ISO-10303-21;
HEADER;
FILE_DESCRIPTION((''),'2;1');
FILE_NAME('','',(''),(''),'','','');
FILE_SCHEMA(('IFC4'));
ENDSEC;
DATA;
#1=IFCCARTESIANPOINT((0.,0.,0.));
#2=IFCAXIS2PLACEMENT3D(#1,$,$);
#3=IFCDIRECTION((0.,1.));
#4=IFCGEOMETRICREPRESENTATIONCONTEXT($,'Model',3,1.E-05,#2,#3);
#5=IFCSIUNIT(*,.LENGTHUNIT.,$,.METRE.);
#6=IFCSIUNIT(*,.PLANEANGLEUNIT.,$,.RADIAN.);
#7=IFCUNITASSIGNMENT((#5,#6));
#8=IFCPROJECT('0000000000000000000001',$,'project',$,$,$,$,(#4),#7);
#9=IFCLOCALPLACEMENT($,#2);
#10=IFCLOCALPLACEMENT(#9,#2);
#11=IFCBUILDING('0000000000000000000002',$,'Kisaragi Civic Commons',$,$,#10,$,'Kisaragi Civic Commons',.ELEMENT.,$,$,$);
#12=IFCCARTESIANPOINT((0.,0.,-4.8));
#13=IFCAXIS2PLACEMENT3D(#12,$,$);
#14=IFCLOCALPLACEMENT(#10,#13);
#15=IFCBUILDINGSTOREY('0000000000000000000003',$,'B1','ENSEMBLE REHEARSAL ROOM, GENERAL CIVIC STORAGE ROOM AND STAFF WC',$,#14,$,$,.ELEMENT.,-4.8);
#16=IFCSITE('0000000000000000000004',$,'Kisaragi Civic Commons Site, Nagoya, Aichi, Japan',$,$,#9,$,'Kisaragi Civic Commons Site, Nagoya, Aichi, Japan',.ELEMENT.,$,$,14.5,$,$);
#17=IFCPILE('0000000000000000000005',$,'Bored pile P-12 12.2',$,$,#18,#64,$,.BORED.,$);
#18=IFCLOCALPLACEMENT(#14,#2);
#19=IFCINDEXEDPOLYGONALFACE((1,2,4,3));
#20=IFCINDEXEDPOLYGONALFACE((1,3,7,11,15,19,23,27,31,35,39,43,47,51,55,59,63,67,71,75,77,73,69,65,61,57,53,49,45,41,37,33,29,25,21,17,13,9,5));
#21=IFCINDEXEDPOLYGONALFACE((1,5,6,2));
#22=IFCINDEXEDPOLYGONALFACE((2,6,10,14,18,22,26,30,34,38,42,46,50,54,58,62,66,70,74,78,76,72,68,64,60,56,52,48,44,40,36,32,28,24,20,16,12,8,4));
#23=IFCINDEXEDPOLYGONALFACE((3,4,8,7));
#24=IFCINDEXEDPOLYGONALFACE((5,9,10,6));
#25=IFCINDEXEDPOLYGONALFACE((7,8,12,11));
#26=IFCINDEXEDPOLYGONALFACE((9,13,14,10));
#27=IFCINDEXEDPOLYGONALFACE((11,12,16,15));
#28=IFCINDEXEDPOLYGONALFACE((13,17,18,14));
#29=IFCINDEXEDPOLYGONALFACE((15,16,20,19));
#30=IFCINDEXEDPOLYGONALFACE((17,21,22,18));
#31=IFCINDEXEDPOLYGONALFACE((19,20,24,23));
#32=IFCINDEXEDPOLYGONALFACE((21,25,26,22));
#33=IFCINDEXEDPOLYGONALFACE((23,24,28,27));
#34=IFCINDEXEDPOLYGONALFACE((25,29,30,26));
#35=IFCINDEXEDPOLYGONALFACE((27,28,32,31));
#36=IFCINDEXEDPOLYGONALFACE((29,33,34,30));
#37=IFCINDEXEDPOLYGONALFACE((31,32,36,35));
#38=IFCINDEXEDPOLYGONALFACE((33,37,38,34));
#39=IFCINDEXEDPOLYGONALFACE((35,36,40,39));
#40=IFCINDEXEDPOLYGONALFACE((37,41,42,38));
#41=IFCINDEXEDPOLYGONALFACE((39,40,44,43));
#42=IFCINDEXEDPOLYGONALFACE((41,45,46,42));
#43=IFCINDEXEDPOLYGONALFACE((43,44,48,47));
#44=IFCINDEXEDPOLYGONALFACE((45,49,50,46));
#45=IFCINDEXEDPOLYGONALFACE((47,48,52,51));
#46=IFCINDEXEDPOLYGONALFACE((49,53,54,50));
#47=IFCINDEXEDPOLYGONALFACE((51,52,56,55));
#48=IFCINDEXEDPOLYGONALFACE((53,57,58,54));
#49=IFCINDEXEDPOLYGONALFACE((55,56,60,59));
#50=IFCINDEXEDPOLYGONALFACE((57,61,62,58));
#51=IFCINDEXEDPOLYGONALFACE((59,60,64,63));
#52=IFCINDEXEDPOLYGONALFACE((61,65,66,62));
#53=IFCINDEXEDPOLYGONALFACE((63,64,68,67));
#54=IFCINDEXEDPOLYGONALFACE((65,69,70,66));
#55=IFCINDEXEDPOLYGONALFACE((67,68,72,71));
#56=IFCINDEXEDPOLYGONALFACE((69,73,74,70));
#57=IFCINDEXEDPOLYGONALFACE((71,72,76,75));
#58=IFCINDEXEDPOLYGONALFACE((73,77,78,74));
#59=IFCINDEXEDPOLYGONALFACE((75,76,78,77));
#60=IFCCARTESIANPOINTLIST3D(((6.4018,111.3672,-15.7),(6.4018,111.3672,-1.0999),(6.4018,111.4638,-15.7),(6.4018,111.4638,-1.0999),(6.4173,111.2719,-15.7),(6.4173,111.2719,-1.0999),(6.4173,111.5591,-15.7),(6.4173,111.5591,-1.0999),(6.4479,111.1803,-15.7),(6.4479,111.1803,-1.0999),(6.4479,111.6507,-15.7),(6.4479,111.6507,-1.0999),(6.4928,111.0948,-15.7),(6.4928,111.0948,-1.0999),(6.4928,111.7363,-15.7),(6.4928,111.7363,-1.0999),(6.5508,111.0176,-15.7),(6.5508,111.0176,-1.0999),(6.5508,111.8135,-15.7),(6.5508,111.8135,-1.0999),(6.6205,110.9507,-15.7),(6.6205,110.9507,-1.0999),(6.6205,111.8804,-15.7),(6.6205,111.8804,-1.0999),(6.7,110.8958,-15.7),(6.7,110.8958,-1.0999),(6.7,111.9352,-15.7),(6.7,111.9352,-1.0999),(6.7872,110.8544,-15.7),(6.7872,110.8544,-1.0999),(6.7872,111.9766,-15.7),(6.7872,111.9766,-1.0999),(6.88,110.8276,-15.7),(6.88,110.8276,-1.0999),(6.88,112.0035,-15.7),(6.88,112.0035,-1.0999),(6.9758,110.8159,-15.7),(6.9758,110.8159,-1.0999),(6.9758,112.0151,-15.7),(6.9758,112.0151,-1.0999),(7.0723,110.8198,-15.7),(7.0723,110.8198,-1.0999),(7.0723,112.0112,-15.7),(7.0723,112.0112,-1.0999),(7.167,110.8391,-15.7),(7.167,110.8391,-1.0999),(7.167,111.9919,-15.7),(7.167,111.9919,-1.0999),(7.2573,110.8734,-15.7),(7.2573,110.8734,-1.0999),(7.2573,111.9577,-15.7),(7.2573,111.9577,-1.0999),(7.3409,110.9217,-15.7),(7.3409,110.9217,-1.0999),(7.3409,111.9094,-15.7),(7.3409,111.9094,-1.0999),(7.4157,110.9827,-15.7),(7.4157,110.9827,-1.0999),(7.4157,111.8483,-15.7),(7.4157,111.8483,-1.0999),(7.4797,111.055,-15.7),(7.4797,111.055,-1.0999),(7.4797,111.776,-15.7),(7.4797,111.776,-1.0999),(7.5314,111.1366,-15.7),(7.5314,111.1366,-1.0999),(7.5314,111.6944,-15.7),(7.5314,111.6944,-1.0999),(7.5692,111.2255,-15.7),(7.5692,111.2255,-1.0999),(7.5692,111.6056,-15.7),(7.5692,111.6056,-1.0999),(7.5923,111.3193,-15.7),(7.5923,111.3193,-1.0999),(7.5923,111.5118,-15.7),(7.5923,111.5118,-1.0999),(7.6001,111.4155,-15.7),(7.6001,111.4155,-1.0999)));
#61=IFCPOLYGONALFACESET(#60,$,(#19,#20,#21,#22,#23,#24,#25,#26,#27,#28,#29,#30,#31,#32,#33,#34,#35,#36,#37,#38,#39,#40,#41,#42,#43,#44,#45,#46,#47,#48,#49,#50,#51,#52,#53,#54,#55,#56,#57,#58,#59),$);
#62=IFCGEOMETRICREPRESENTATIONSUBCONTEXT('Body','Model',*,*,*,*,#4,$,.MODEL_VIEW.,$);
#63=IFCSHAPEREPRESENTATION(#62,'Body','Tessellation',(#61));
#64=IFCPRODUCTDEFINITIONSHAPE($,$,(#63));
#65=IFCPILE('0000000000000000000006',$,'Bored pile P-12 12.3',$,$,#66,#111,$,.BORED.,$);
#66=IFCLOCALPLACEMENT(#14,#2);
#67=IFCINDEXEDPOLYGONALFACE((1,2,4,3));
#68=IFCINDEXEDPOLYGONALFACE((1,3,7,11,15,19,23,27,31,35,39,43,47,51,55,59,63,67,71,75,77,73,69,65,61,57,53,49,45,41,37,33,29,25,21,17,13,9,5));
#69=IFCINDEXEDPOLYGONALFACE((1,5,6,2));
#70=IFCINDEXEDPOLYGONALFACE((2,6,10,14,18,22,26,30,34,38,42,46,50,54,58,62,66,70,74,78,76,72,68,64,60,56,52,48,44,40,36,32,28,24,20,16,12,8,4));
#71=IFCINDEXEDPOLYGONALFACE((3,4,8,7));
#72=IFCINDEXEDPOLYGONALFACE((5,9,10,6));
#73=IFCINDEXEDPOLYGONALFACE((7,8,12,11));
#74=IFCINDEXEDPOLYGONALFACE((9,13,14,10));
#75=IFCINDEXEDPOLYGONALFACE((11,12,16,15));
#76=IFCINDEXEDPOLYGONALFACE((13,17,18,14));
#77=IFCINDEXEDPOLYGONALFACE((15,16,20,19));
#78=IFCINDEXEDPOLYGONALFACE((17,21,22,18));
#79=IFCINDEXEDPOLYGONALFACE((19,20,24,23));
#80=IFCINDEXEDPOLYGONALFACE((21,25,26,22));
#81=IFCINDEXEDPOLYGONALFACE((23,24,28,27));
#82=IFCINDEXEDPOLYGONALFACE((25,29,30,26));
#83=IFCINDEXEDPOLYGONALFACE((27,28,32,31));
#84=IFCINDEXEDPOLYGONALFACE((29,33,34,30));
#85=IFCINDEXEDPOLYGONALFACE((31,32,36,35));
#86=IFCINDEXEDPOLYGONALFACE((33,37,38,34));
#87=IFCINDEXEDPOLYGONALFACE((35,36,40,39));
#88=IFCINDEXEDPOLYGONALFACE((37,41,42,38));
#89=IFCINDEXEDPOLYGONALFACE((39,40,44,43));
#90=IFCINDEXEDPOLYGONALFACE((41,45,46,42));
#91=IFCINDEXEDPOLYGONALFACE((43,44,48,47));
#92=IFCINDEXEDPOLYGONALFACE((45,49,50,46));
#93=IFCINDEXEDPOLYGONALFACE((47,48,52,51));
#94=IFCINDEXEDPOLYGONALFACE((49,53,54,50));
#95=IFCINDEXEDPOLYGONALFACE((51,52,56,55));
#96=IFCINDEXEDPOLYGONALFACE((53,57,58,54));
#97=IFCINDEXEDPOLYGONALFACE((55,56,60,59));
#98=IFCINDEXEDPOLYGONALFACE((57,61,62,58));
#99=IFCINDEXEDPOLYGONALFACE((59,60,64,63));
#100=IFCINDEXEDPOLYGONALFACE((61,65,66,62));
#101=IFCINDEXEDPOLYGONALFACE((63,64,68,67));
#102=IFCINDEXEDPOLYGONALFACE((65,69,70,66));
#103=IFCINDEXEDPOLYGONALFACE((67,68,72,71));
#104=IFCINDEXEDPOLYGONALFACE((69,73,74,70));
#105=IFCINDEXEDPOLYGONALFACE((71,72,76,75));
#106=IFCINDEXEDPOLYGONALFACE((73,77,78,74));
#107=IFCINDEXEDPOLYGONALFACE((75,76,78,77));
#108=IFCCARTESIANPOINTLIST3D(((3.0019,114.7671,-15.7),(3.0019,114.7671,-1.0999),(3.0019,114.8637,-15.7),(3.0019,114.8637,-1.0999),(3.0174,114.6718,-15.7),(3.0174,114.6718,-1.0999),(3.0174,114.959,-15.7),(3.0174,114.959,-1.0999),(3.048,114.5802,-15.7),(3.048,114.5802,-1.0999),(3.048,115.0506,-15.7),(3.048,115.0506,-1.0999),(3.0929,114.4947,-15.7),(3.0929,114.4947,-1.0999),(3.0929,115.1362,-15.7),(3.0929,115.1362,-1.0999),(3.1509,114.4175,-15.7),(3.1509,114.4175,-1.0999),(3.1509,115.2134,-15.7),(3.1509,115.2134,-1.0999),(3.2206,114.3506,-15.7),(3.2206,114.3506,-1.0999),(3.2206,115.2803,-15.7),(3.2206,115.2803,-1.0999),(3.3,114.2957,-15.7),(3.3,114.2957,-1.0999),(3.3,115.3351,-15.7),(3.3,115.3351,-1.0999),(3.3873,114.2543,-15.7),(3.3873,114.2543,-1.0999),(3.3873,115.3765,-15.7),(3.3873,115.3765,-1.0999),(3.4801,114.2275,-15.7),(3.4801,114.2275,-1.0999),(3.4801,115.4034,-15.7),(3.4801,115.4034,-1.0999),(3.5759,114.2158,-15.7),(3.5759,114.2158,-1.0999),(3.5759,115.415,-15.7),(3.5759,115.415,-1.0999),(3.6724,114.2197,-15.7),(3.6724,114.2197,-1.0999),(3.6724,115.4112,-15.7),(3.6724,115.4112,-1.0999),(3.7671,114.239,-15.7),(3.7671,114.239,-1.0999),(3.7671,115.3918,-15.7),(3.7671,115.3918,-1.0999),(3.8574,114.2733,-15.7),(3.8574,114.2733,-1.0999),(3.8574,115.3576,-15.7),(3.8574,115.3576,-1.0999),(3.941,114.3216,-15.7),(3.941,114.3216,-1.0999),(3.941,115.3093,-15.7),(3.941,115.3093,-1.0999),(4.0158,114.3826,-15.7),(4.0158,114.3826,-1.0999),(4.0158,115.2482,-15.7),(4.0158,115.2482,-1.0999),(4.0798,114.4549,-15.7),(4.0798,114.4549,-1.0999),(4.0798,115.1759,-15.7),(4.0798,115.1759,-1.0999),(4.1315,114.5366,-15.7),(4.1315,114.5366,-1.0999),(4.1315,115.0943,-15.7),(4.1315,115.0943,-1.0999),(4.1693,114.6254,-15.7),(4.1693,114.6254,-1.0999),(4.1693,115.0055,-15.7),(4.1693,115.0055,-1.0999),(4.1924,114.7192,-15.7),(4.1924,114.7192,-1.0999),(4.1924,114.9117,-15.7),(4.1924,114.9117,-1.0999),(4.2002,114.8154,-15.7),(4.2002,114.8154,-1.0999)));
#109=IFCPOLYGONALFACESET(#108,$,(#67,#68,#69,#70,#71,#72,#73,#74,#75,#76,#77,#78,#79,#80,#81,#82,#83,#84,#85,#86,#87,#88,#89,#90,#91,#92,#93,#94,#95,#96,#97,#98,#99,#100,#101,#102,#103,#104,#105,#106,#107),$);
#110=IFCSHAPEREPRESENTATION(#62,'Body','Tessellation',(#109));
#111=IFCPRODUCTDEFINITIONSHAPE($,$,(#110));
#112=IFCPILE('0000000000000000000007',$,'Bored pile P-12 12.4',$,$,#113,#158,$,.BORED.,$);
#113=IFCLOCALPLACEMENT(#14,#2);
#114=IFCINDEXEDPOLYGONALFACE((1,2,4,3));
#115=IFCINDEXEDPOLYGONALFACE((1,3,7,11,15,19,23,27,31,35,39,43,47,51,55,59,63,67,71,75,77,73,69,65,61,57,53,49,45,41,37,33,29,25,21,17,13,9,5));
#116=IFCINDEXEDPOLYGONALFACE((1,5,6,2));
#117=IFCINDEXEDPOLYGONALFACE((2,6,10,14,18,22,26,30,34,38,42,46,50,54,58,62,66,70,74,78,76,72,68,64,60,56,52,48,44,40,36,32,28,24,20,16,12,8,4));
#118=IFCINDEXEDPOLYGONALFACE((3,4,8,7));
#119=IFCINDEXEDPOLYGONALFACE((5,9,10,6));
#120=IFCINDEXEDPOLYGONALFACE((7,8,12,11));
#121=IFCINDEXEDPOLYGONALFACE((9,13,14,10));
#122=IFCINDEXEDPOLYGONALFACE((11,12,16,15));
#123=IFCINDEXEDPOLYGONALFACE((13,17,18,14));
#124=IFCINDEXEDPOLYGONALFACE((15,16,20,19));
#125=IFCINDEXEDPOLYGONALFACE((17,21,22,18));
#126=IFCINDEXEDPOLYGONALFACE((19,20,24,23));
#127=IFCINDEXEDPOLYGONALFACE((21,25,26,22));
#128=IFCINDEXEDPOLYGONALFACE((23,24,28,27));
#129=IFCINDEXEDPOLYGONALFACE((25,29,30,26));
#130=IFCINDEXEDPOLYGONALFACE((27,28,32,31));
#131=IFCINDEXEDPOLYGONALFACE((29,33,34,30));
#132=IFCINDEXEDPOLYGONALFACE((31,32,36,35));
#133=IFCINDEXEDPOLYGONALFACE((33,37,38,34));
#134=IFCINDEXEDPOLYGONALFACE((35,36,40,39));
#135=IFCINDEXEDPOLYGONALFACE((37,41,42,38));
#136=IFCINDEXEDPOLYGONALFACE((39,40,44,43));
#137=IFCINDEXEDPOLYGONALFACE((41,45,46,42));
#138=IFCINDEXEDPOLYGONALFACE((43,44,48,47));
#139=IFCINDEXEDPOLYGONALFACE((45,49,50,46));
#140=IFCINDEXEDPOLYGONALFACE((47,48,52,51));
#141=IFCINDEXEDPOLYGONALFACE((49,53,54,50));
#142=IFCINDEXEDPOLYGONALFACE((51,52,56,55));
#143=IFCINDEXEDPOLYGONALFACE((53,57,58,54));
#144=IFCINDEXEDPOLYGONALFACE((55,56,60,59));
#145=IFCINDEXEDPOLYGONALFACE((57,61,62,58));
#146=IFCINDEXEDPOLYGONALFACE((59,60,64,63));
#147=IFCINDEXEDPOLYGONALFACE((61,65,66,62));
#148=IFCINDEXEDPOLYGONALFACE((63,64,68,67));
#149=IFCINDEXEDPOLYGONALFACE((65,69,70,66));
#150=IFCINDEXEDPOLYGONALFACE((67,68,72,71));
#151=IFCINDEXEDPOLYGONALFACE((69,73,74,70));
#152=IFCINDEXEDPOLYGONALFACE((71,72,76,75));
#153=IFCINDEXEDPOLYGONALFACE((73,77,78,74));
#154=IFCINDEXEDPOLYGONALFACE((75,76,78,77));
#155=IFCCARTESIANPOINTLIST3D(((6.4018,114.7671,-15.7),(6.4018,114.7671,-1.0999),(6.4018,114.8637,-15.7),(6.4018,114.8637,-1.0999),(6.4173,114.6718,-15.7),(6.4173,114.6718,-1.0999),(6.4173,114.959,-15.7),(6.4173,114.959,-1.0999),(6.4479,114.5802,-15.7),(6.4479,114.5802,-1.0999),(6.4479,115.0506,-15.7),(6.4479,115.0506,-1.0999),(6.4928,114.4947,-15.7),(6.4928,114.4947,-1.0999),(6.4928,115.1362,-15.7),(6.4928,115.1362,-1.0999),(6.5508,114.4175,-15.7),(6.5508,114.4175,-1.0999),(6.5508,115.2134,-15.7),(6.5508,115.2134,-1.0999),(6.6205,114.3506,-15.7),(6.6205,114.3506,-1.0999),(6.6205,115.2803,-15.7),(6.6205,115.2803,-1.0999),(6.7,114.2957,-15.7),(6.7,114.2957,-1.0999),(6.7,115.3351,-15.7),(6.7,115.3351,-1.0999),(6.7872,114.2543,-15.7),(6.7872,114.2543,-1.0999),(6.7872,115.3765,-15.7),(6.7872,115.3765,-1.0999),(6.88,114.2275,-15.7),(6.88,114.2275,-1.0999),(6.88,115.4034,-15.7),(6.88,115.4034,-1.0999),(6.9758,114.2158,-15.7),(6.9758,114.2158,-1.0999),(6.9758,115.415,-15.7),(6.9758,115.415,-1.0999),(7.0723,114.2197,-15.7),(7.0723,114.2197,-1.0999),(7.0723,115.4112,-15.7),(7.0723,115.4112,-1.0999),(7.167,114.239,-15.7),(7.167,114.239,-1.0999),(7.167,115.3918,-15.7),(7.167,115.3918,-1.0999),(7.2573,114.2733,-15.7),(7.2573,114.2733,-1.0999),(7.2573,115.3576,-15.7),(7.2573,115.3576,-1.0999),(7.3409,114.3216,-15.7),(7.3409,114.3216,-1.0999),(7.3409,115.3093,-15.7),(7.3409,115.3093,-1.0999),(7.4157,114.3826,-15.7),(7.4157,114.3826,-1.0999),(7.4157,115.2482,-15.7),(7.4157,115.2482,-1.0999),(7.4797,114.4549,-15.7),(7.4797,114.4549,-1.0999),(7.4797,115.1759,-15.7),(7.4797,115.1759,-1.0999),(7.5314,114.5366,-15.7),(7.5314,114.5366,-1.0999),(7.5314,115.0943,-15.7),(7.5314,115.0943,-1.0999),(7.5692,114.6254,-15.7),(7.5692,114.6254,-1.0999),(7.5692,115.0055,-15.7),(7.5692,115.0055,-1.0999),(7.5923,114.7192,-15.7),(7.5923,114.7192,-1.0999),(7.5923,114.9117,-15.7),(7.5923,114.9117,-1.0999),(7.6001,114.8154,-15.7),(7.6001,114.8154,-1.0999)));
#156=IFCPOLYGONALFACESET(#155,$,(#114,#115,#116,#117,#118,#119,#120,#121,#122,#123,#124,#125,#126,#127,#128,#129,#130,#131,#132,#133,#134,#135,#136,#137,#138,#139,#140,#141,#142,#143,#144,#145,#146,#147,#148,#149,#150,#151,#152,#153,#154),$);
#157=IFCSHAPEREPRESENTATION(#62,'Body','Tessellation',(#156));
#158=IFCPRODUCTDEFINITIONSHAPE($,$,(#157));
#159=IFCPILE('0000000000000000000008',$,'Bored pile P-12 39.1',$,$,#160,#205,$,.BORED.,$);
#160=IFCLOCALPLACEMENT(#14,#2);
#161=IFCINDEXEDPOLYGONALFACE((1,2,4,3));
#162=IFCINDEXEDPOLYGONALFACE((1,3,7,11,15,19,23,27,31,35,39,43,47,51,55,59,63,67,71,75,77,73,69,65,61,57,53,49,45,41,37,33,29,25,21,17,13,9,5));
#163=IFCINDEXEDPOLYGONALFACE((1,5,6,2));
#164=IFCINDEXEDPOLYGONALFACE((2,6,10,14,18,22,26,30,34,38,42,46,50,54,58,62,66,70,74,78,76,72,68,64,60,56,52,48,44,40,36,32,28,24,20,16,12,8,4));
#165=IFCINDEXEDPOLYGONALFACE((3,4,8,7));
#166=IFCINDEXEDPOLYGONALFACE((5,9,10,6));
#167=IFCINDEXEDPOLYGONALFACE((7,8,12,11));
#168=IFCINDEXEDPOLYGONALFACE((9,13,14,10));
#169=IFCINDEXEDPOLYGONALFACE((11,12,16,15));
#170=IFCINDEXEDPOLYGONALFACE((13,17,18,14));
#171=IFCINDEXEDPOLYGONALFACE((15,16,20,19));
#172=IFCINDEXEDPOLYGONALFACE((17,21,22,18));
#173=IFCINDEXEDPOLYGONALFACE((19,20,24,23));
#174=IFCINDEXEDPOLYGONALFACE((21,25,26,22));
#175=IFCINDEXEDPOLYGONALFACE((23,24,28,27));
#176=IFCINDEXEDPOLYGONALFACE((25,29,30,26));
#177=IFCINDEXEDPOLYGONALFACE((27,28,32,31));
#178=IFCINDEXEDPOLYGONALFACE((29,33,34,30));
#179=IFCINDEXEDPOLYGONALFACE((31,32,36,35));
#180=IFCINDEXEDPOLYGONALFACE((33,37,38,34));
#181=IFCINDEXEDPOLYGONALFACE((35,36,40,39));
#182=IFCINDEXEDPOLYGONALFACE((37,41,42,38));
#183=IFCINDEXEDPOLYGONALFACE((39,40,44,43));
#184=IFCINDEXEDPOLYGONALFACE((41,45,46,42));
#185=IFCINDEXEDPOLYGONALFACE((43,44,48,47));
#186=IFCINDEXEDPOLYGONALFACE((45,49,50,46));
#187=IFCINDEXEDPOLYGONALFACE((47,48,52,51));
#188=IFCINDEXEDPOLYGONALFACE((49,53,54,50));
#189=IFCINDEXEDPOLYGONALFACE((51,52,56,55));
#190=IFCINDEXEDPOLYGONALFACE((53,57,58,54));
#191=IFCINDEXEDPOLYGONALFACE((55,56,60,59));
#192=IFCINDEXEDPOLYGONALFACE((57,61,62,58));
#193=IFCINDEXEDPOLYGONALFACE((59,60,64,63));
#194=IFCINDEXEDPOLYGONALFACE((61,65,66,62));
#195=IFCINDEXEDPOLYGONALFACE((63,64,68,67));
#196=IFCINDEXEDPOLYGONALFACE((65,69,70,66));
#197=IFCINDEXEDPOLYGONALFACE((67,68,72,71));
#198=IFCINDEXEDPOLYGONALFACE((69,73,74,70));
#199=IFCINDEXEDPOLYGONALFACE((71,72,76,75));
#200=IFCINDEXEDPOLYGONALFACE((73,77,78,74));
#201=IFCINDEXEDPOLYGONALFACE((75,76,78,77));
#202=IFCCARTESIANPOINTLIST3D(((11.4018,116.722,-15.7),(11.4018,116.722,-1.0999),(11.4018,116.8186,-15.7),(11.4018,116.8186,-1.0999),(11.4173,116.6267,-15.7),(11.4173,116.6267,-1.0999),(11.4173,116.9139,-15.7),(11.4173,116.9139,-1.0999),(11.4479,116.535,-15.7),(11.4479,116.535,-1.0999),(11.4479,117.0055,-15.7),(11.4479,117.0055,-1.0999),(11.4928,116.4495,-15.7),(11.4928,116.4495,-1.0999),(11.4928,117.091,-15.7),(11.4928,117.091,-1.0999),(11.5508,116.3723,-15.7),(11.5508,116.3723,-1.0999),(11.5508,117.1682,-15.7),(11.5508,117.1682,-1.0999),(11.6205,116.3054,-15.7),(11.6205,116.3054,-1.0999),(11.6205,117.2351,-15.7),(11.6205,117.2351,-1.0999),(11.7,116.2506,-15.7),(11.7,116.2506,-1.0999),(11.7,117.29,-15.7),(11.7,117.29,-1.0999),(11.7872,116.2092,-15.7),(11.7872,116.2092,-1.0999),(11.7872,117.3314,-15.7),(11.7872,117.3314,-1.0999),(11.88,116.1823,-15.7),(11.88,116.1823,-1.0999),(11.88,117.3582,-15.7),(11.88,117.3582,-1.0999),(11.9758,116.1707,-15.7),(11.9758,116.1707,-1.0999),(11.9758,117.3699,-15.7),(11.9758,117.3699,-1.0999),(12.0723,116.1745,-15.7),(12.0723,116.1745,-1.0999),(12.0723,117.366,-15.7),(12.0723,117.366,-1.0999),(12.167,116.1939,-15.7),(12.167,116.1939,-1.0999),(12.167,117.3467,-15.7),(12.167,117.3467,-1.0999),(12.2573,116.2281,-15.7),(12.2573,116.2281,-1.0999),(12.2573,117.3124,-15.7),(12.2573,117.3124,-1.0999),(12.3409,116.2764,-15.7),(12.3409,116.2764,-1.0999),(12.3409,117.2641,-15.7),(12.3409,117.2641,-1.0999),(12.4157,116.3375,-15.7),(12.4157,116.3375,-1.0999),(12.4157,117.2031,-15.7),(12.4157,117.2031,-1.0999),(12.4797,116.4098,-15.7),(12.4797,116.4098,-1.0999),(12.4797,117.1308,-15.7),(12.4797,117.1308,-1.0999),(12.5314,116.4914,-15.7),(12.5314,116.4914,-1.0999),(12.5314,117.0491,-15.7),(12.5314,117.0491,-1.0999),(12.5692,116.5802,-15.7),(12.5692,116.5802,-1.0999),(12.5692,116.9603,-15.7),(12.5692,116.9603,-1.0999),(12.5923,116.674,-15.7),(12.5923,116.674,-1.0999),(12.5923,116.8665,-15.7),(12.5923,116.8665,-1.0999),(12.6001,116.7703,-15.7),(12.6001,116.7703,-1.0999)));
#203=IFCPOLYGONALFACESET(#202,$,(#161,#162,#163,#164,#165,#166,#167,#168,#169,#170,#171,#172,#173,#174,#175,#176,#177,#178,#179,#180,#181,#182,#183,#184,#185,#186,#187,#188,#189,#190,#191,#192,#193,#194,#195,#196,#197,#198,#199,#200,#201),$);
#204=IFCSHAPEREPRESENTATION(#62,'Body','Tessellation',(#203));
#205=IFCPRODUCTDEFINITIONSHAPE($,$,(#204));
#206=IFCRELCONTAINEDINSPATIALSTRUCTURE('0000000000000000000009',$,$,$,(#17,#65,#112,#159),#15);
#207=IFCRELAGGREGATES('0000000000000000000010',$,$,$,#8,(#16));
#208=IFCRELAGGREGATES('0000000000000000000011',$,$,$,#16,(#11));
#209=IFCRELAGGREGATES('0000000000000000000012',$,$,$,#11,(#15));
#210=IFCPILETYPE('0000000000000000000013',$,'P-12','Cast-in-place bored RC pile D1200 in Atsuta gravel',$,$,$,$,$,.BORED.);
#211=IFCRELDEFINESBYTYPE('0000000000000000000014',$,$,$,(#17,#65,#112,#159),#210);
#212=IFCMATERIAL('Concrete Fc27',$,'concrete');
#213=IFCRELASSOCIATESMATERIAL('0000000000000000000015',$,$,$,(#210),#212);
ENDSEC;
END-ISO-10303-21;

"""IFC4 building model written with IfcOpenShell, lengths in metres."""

from ifc_helpers import new_model, si_unit, direction, frame, origin, origin_2d, place, context, subcontext, project, spatial, circle, extrude, material, material_profile, profile_set, type_object, element, save


model = new_model("IFC4")

# Units and contexts
model_context = context("Model", 3, precision=1e-05, world=origin(), true_north=direction((0.0, 1.0)))
body_context = subcontext(model_context, "Body", "Model", "MODEL_VIEW")
ifc_project = project(units=[si_unit("LENGTHUNIT", "METRE"), si_unit("PLANEANGLEUNIT", "RADIAN")], contexts=[model_context])

# Site, building, storey
site_placement = place(None, origin())
site = spatial("IfcSite", under=ifc_project, at=site_placement, Name="Kisaragi Civic Commons Site, Nagoya, Aichi, Japan", LongName="Kisaragi Civic Commons Site, Nagoya, Aichi, Japan", CompositionType="ELEMENT", RefElevation=14.5)
building_placement = place(site_placement, origin())
building = spatial("IfcBuilding", under=site, at=building_placement, Name="Kisaragi Civic Commons", LongName="Kisaragi Civic Commons", CompositionType="ELEMENT")
storey_placement = place(building_placement, frame((0.0, 0.0, -4.8)))
storey = spatial("IfcBuildingStorey", under=building, at=storey_placement, Name="B1", Description="ENSEMBLE REHEARSAL ROOM, GENERAL CIVIC STORAGE ROOM AND STAFF WC", CompositionType="ELEMENT", Elevation=-4.8)

# Shared definitions
ifc_material_1 = material(Name="Concrete Fc27", Category="concrete")

# Piles
ifc_material_profile_1 = material_profile(ifc_material_1, circle(Radius=0.6001, at=origin_2d()), Name="PILE-D1200", Category="concrete")
ifc_profile_set_1 = profile_set([ifc_material_profile_1], Name="Concrete Fc27")
pile_type = type_object("IfcPileType", Name="P-12", Description="Cast-in-place bored RC pile D1200 in Atsuta gravel", PredefinedType="BORED", material=ifc_profile_set_1)
for number, where, z_axis, x_axis, name in (
    (1, (7.0, 111.4155, -1.0999), (0.0, 0.0, -1.0), (1.0, 0.0, 0.0), "Bored pile P-12 12.2"),
    (2, (3.6001, 114.8154, -1.0999), (0.0, 0.0, -1.0), (1.0, 0.0, 0.0), "Bored pile P-12 12.3"),
    (3, (7.0, 114.8154, -1.0999), (0.0, 0.0, -1.0), (1.0, 0.0, 0.0), "Bored pile P-12 12.4"),
    (4, (12.0, 116.7703, -1.0999), (0.0, 0.0, -1.0), (1.0, 0.0, 0.0), "Bored pile P-12 39.1"),
):
    element("IfcPile", number, at=place(storey_placement, frame(where, z_axis=z_axis, x_axis=x_axis)), inside=storey, type_object=pile_type, Name=name, PredefinedType="BORED", context=body_context, shape_type="SweptSolid", body=[
        extrude(circle(Radius=0.6001, at=origin_2d()), origin(), (0.0, 0.0, 1.0), 14.6001),
    ])

save(model, "model.ifc")
